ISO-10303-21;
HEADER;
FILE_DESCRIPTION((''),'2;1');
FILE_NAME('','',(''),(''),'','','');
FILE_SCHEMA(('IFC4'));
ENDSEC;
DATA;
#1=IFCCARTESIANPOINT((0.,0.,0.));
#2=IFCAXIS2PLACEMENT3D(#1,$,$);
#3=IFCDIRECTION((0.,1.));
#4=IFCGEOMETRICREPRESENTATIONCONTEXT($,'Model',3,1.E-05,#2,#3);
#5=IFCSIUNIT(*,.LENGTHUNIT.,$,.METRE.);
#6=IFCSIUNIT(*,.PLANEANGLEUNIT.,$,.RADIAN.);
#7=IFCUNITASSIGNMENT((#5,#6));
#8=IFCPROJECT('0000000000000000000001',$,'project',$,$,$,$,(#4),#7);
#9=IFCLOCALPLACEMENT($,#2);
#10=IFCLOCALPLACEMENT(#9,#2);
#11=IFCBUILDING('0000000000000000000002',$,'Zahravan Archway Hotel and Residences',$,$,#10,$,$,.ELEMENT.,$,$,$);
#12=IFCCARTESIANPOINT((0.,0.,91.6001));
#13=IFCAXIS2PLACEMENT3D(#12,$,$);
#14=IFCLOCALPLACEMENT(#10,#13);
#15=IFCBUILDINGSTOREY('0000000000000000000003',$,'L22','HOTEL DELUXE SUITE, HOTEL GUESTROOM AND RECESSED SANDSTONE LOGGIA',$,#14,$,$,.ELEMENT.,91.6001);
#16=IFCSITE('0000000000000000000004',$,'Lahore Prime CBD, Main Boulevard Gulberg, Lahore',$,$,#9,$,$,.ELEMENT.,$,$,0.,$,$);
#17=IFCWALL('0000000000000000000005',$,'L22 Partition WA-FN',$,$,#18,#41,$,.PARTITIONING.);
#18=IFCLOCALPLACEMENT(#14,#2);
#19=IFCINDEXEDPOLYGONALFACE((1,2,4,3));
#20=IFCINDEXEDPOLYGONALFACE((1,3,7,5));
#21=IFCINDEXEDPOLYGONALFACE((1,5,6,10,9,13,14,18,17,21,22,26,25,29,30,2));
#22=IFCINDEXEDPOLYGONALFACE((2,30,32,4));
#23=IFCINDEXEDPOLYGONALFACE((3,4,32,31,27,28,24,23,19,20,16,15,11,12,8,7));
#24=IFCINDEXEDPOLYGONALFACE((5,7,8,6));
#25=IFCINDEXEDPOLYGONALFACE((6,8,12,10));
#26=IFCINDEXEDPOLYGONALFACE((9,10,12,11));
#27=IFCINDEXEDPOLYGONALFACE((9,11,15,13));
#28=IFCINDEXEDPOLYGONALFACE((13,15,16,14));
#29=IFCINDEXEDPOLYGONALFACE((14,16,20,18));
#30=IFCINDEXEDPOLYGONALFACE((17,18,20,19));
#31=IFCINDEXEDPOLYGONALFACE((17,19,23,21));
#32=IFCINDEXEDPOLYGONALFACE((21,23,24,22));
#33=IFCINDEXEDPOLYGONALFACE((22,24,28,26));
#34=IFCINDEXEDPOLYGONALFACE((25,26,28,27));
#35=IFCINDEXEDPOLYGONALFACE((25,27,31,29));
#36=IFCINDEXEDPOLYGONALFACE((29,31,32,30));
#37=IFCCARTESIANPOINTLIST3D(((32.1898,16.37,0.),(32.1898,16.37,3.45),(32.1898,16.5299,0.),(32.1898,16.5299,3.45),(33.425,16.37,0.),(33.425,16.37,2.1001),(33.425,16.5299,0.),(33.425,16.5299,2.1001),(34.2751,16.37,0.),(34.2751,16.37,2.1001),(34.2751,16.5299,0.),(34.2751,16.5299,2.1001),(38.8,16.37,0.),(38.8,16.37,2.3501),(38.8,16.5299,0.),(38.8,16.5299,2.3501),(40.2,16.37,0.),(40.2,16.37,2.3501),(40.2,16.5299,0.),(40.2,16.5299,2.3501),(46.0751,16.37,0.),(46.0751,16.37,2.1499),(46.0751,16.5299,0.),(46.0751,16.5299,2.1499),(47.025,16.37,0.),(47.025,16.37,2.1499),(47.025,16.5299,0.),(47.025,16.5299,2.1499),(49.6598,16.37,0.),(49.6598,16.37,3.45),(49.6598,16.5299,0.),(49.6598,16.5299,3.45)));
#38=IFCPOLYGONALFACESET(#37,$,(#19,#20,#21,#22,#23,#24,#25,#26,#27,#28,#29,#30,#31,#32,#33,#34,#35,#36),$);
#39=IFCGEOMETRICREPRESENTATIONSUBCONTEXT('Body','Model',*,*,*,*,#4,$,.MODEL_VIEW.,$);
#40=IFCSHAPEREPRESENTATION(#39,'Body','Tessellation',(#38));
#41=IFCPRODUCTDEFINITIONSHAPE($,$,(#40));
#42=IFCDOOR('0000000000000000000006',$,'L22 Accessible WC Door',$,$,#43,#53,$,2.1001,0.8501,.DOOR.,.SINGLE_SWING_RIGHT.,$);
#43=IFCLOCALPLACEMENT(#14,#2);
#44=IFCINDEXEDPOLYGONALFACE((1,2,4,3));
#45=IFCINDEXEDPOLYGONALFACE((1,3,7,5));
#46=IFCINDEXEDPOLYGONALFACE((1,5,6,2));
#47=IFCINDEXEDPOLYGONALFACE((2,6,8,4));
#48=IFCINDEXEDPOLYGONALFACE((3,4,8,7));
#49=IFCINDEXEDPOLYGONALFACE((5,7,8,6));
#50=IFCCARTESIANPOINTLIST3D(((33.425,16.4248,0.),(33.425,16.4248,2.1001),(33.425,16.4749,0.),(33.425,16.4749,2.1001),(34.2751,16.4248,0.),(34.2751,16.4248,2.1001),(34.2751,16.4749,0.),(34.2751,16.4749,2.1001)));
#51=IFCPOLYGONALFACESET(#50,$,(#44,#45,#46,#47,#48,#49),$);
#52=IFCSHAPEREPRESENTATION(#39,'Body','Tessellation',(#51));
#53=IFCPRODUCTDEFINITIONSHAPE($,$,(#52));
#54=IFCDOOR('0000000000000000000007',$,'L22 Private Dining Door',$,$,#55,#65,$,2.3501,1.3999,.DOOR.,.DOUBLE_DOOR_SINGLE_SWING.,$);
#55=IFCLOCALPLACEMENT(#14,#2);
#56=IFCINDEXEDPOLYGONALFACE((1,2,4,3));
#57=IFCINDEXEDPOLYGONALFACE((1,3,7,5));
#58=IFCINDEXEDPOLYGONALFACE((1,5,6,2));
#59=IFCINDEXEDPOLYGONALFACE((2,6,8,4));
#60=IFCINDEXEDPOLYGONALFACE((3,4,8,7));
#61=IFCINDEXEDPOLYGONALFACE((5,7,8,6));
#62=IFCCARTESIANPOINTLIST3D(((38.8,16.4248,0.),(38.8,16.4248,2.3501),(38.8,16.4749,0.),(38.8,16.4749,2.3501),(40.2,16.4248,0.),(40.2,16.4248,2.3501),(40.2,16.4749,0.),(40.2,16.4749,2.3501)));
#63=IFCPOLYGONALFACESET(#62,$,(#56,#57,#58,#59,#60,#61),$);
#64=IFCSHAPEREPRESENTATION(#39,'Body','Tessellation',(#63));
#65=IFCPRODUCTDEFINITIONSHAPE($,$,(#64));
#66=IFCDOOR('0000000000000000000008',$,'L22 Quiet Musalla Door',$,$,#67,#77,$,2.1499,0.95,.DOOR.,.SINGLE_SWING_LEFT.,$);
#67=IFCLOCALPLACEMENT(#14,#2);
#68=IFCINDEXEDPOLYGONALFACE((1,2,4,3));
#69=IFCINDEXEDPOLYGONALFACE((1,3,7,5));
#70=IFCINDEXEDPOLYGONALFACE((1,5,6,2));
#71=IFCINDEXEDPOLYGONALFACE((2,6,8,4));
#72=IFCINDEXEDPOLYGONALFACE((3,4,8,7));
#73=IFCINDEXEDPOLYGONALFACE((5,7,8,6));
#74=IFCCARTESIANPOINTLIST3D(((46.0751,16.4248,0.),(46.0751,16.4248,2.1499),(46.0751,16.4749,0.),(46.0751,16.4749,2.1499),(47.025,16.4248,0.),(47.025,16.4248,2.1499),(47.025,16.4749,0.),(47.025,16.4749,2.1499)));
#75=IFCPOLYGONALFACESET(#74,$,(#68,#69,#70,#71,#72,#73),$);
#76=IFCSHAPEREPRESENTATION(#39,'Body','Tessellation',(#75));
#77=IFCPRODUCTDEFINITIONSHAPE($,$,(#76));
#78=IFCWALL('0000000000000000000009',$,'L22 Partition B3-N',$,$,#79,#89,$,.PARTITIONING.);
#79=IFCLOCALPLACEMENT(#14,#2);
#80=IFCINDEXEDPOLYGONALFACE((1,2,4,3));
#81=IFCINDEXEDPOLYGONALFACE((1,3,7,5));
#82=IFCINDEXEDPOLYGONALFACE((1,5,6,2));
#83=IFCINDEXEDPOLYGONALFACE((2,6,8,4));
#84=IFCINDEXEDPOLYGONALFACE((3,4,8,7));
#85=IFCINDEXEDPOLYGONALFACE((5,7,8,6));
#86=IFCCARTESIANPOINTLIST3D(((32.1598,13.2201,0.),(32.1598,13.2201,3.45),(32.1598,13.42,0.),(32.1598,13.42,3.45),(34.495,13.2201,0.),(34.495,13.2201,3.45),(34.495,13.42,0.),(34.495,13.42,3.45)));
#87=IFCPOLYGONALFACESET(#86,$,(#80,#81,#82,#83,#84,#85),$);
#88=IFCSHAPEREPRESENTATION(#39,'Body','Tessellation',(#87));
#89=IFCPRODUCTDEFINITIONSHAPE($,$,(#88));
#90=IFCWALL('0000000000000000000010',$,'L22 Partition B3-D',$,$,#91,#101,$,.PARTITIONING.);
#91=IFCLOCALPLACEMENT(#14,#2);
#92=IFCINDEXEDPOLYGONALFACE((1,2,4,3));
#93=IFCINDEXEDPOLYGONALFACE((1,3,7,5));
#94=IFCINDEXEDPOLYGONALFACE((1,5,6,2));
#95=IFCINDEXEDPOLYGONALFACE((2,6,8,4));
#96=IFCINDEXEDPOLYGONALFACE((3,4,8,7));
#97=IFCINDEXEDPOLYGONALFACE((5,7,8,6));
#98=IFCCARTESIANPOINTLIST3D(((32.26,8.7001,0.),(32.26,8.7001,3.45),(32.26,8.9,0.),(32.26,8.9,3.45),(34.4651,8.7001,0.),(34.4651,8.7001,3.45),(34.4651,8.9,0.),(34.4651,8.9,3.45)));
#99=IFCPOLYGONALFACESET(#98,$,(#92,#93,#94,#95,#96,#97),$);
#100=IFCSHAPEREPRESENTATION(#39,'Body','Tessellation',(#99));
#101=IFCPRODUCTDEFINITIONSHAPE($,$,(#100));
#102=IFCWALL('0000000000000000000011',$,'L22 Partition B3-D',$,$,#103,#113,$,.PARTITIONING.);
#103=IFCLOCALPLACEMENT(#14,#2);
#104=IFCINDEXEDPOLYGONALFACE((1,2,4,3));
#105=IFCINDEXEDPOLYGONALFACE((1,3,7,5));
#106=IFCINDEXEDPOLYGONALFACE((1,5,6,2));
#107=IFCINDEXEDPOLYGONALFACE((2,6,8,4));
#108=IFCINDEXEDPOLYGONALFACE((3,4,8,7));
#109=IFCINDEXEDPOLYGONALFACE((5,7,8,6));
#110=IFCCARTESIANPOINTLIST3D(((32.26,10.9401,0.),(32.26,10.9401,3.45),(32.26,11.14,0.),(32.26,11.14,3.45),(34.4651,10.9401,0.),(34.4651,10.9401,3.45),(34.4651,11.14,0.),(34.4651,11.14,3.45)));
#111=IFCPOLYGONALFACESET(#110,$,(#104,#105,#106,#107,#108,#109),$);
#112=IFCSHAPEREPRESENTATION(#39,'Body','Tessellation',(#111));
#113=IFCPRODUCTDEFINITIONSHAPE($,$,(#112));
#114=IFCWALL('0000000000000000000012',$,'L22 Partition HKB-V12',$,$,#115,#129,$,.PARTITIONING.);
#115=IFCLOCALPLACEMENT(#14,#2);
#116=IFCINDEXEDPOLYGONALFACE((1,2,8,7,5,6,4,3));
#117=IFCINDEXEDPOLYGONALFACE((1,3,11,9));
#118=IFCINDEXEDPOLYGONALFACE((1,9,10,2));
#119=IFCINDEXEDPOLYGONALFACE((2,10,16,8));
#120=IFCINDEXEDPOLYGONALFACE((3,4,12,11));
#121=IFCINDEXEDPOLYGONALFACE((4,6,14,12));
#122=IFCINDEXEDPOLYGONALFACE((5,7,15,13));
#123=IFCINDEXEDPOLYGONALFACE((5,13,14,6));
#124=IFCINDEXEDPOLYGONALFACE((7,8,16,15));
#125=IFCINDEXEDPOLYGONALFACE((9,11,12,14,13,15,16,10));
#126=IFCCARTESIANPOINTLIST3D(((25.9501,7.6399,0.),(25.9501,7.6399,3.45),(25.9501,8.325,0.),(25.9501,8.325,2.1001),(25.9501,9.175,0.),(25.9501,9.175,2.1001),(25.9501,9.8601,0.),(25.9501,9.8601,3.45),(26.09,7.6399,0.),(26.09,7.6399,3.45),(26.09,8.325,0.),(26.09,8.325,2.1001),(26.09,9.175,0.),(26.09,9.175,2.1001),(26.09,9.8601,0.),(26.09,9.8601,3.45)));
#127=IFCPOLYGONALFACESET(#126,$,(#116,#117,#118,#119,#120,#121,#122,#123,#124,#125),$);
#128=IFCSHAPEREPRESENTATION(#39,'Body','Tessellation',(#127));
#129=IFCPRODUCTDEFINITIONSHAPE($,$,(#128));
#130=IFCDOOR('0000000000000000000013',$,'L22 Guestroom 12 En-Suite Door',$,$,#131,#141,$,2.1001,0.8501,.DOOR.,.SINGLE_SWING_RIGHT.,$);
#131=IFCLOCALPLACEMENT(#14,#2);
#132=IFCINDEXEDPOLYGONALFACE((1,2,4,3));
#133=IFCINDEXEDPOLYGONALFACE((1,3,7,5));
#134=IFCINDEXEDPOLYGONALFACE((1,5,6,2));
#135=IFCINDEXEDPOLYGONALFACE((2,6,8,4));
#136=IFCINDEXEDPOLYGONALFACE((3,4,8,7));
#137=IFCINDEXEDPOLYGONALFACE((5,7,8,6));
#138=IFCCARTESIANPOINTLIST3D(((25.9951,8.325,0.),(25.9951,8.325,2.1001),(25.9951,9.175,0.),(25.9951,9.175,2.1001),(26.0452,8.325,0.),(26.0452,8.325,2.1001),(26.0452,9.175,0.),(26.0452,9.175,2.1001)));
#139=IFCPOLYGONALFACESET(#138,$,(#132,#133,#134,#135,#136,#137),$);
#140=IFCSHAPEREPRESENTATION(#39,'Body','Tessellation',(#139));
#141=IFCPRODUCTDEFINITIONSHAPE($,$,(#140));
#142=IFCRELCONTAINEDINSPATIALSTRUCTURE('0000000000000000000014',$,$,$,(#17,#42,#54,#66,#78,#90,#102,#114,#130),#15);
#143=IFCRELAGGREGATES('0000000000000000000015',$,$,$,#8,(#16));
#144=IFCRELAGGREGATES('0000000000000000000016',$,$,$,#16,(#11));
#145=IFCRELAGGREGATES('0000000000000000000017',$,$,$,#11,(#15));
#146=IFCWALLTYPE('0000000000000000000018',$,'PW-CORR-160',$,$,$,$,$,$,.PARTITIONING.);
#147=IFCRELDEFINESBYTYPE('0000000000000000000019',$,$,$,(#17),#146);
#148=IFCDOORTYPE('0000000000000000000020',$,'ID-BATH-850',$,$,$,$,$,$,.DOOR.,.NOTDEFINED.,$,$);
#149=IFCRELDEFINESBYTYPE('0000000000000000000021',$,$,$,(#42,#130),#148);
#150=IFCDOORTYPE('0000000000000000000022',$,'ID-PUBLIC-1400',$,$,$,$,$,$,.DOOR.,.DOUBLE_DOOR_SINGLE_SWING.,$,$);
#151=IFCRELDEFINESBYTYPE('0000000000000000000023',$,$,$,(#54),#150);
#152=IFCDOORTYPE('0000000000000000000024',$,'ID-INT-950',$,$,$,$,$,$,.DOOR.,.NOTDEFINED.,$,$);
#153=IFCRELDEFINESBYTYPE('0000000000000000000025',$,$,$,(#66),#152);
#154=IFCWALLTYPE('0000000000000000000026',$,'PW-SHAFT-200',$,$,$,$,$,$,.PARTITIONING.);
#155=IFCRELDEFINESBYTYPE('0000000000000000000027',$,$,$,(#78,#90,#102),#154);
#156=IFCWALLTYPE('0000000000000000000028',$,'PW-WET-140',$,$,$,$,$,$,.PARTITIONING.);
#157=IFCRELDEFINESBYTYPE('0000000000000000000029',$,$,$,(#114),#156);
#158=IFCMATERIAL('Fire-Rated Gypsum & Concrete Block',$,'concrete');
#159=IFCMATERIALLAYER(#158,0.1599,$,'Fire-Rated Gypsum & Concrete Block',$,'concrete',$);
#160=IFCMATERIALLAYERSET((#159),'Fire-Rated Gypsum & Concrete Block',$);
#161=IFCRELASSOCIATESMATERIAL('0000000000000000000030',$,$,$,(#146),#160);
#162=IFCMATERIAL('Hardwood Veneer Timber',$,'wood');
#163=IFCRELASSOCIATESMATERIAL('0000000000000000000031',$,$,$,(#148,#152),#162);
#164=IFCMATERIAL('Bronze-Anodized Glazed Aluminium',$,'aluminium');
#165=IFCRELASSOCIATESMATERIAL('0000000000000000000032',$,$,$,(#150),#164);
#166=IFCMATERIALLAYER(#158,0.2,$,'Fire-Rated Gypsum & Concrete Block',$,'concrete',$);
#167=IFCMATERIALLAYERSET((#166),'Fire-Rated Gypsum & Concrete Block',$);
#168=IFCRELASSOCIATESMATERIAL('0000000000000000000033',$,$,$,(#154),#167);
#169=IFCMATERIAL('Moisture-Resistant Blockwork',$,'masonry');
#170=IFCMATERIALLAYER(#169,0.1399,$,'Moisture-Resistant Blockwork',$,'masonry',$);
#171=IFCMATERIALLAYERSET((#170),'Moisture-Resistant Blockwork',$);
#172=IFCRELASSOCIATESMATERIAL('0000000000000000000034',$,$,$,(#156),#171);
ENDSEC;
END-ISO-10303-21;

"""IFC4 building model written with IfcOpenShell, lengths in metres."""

from ifc_helpers import new_model, si_unit, direction, frame, frame_2d, origin, place, context, subcontext, project, spatial, rectangle, extrude, source, transform, mapped, material, layer, layer_set, type_object, type_shapes, element, fill, save


model = new_model("IFC4")

# Units and contexts
model_context = context("Model", 3, precision=1e-05, world=origin(), true_north=direction((0.0, 1.0)))
body_context = subcontext(model_context, "Body", "Model", "MODEL_VIEW")
ifc_project = project(units=[si_unit("LENGTHUNIT", "METRE"), si_unit("PLANEANGLEUNIT", "RADIAN")], contexts=[model_context])

# Site, building, storey
site_placement = place(None, origin())
site = spatial("IfcSite", under=ifc_project, at=site_placement, Name="Lahore Prime CBD, Main Boulevard Gulberg, Lahore", CompositionType="ELEMENT", RefElevation=0.0)
building_placement = place(site_placement, origin())
building = spatial("IfcBuilding", under=site, at=building_placement, Name="Zahravan Archway Hotel and Residences", CompositionType="ELEMENT")
storey_placement = place(building_placement, frame((0.0, 0.0, 91.6001)))
storey = spatial("IfcBuildingStorey", under=building, at=storey_placement, Name="L22", Description="HOTEL DELUXE SUITE, HOTEL GUESTROOM AND RECESSED SANDSTONE LOGGIA", CompositionType="ELEMENT", Elevation=91.6001)

# Shared definitions
ifc_material_1 = material(Name="Fire-Rated Gypsum & Concrete Block", Category="concrete")
ifc_layer_1 = layer(ifc_material_1, 0.1599, Name="Fire-Rated Gypsum & Concrete Block", Category="concrete")
ifc_layer_set_1 = layer_set([ifc_layer_1], Name="Fire-Rated Gypsum & Concrete Block")
wall_type_1 = type_object("IfcWallType", Name="PW-CORR-160", PredefinedType="PARTITIONING", material=ifc_layer_set_1)

# Wall, openings, doors
wall_1_placement = place(storey_placement, frame((32.1899, 16.45, 0.0), z_axis=(0.0, 0.0, 1.0), x_axis=(1.0, 0.0, 0.0)))
wall_1 = element("IfcWall", 1, at=wall_1_placement, inside=storey, type_object=wall_type_1, Name="L22 Partition WA-FN", PredefinedType="PARTITIONING", context=body_context, shape_type="SweptSolid", body=[
    extrude(rectangle(XDim=17.47, YDim=0.1599, at=frame_2d((8.7349, 0.0))), origin(), (0.0, 0.0, 1.0), 3.45),
])
opening_1_placement = place(wall_1_placement, frame((1.2351, 0.0, 0.0)))
opening_1 = element("IfcOpeningElement", 2, at=opening_1_placement, cuts=wall_1, PredefinedType="OPENING", context=body_context, shape_type="SweptSolid", body=[
    extrude(rectangle(XDim=0.8501, YDim=2.1001, at=frame_2d((0.425, 1.05))), frame((0.0, 0.0898, 0.0), z_axis=(0.0, -1.0, 0.0), x_axis=(1.0, 0.0, 0.0)), (0.0, 0.0, 1.0), 0.1799),
])
opening_2_placement = place(wall_1_placement, frame((6.6101, 0.0, 0.0)))
opening_2 = element("IfcOpeningElement", 3, at=opening_2_placement, cuts=wall_1, PredefinedType="OPENING", context=body_context, shape_type="SweptSolid", body=[
    extrude(rectangle(XDim=1.3999, YDim=2.3501, at=frame_2d((0.7, 1.175))), frame((0.0, 0.0898, 0.0), z_axis=(0.0, -1.0, 0.0), x_axis=(1.0, 0.0, 0.0)), (0.0, 0.0, 1.0), 0.1799),
])
opening_3_placement = place(wall_1_placement, frame((13.885, 0.0, 0.0)))
opening_3 = element("IfcOpeningElement", 4, at=opening_3_placement, cuts=wall_1, PredefinedType="OPENING", context=body_context, shape_type="SweptSolid", body=[
    extrude(rectangle(XDim=0.95, YDim=2.1499, at=frame_2d((0.4751, 1.075))), frame((0.0, 0.0898, 0.0), z_axis=(0.0, -1.0, 0.0), x_axis=(1.0, 0.0, 0.0)), (0.0, 0.0, 1.0), 0.1799),
])
ifc_material_2 = material(Name="Hardwood Veneer Timber", Category="wood")
door_type_1 = type_object("IfcDoorType", Name="ID-BATH-850", OperationType="NOTDEFINED", PredefinedType="DOOR", material=ifc_material_2)
shared_shape_1 = source(origin(), body_context, "Body", "SweptSolid", [
    extrude(rectangle(XDim=0.8501, YDim=2.1001, at=frame_2d((0.425, 1.05))), frame((0.0, 0.0249, 0.0), z_axis=(0.0, -1.0, 0.0), x_axis=(1.0, 0.0, 0.0)), (0.0, 0.0, 1.0), 0.05),
])
type_shapes(door_type_1, [shared_shape_1])
door_1_placement = place(opening_1_placement, origin())
door_1 = element("IfcDoor", 5, at=door_1_placement, inside=storey, type_object=door_type_1, Name="L22 Accessible WC Door", OperationType="SINGLE_SWING_RIGHT", OverallHeight=2.1001, OverallWidth=0.8501, PredefinedType="DOOR", context=body_context, shape_type="MappedRepresentation", body=[
    mapped(shared_shape_1, transform((0.0, 0.0, 0.0), scale=1.0)),
])
fill(opening_1, door_1)
ifc_material_3 = material(Name="Bronze-Anodized Glazed Aluminium", Category="aluminium")
door_type_2 = type_object("IfcDoorType", Name="ID-PUBLIC-1400", OperationType="DOUBLE_DOOR_SINGLE_SWING", PredefinedType="DOOR", material=ifc_material_3)
shared_shape_2 = source(origin(), body_context, "Body", "SweptSolid", [
    extrude(rectangle(XDim=1.3999, YDim=2.3501, at=frame_2d((0.7, 1.175))), frame((0.0, 0.0249, 0.0), z_axis=(0.0, -1.0, 0.0), x_axis=(1.0, 0.0, 0.0)), (0.0, 0.0, 1.0), 0.05),
])
type_shapes(door_type_2, [shared_shape_2])
door_2_placement = place(opening_2_placement, origin())
door_2 = element("IfcDoor", 6, at=door_2_placement, inside=storey, type_object=door_type_2, Name="L22 Private Dining Door", OperationType="DOUBLE_DOOR_SINGLE_SWING", OverallHeight=2.3501, OverallWidth=1.3999, PredefinedType="DOOR", context=body_context, shape_type="MappedRepresentation", body=[
    mapped(shared_shape_2, transform((0.0, 0.0, 0.0), scale=1.0)),
])
fill(opening_2, door_2)
door_type_3 = type_object("IfcDoorType", Name="ID-INT-950", OperationType="NOTDEFINED", PredefinedType="DOOR", material=ifc_material_2)
shared_shape_3 = source(origin(), body_context, "Body", "SweptSolid", [
    extrude(rectangle(XDim=0.95, YDim=2.1499, at=frame_2d((0.4751, 1.075))), frame((0.0, 0.0249, 0.0), z_axis=(0.0, -1.0, 0.0), x_axis=(1.0, 0.0, 0.0)), (0.0, 0.0, 1.0), 0.05),
])
type_shapes(door_type_3, [shared_shape_3])
door_3_placement = place(opening_3_placement, origin())
door_3 = element("IfcDoor", 7, at=door_3_placement, inside=storey, type_object=door_type_3, Name="L22 Quiet Musalla Door", OperationType="SINGLE_SWING_LEFT", OverallHeight=2.1499, OverallWidth=0.95, PredefinedType="DOOR", context=body_context, shape_type="MappedRepresentation", body=[
    mapped(shared_shape_3, transform((0.0, 0.0, 0.0), scale=1.0)),
])
fill(opening_3, door_3)

# Walls
ifc_layer_2 = layer(ifc_material_1, 0.2, Name="Fire-Rated Gypsum & Concrete Block", Category="concrete")
ifc_layer_set_2 = layer_set([ifc_layer_2], Name="Fire-Rated Gypsum & Concrete Block")
wall_type_2 = type_object("IfcWallType", Name="PW-SHAFT-200", PredefinedType="PARTITIONING", material=ifc_layer_set_2)
wall_2_placement = place(storey_placement, frame((32.1599, 13.3201, 0.0), z_axis=(0.0, 0.0, 1.0), x_axis=(1.0, 0.0, 0.0)))
element("IfcWall", 8, at=wall_2_placement, inside=storey, type_object=wall_type_2, Name="L22 Partition B3-N", PredefinedType="PARTITIONING", context=body_context, shape_type="SweptSolid", body=[
    extrude(rectangle(XDim=2.3352, YDim=0.2, at=frame_2d((1.1675, 0.0))), origin(), (0.0, 0.0, 1.0), 3.45),
])
for number, where, z_axis, x_axis, name in (
    (9, (32.26, 8.8, 0.0), (0.0, 0.0, 1.0), (1.0, 0.0, 0.0), "L22 Partition B3-D"),
    (10, (32.26, 11.04, 0.0), (0.0, 0.0, 1.0), (1.0, 0.0, 0.0), "L22 Partition B3-D"),
):
    element("IfcWall", number, at=place(storey_placement, frame(where, z_axis=z_axis, x_axis=x_axis)), inside=storey, type_object=wall_type_2, Name=name, PredefinedType="PARTITIONING", context=body_context, shape_type="SweptSolid", body=[
        extrude(rectangle(XDim=2.2051, YDim=0.2, at=frame_2d((1.1025, 0.0))), origin(), (0.0, 0.0, 1.0), 3.45),
    ])

# Wall, opening, door
ifc_material_4 = material(Name="Moisture-Resistant Blockwork", Category="masonry")
ifc_layer_3 = layer(ifc_material_4, 0.1399, Name="Moisture-Resistant Blockwork", Category="masonry")
ifc_layer_set_3 = layer_set([ifc_layer_3], Name="Moisture-Resistant Blockwork")
wall_type_3 = type_object("IfcWallType", Name="PW-WET-140", PredefinedType="PARTITIONING", material=ifc_layer_set_3)
wall_3_placement = place(storey_placement, frame((26.02, 7.6399, 0.0), z_axis=(0.0, 0.0, 1.0), x_axis=(0.0, 1.0, 0.0)))
wall_3 = element("IfcWall", 11, at=wall_3_placement, inside=storey, type_object=wall_type_3, Name="L22 Partition HKB-V12", PredefinedType="PARTITIONING", context=body_context, shape_type="SweptSolid", body=[
    extrude(rectangle(XDim=2.2202, YDim=0.1399, at=frame_2d((1.1101, 0.0))), origin(), (0.0, 0.0, 1.0), 3.45),
])
opening_4_placement = place(wall_3_placement, frame((0.6851, 0.0, 0.0)))
opening_4 = element("IfcOpeningElement", 12, at=opening_4_placement, cuts=wall_3, PredefinedType="OPENING", context=body_context, shape_type="SweptSolid", body=[
    extrude(rectangle(XDim=0.8501, YDim=2.1001, at=frame_2d((0.425, 1.05))), frame((0.0, 0.0801, 0.0), z_axis=(0.0, -1.0, 0.0), x_axis=(1.0, 0.0, 0.0)), (0.0, 0.0, 1.0), 0.1599),
])
door_4_placement = place(opening_4_placement, origin())
door_4 = element("IfcDoor", 13, at=door_4_placement, inside=storey, type_object=door_type_1, Name="L22 Guestroom 12 En-Suite Door", OperationType="SINGLE_SWING_RIGHT", OverallHeight=2.1001, OverallWidth=0.8501, PredefinedType="DOOR", context=body_context, shape_type="MappedRepresentation", body=[
    mapped(shared_shape_1, transform((0.0, 0.0, 0.0), scale=1.0)),
])
fill(opening_4, door_4)

save(model, "model.ifc")
